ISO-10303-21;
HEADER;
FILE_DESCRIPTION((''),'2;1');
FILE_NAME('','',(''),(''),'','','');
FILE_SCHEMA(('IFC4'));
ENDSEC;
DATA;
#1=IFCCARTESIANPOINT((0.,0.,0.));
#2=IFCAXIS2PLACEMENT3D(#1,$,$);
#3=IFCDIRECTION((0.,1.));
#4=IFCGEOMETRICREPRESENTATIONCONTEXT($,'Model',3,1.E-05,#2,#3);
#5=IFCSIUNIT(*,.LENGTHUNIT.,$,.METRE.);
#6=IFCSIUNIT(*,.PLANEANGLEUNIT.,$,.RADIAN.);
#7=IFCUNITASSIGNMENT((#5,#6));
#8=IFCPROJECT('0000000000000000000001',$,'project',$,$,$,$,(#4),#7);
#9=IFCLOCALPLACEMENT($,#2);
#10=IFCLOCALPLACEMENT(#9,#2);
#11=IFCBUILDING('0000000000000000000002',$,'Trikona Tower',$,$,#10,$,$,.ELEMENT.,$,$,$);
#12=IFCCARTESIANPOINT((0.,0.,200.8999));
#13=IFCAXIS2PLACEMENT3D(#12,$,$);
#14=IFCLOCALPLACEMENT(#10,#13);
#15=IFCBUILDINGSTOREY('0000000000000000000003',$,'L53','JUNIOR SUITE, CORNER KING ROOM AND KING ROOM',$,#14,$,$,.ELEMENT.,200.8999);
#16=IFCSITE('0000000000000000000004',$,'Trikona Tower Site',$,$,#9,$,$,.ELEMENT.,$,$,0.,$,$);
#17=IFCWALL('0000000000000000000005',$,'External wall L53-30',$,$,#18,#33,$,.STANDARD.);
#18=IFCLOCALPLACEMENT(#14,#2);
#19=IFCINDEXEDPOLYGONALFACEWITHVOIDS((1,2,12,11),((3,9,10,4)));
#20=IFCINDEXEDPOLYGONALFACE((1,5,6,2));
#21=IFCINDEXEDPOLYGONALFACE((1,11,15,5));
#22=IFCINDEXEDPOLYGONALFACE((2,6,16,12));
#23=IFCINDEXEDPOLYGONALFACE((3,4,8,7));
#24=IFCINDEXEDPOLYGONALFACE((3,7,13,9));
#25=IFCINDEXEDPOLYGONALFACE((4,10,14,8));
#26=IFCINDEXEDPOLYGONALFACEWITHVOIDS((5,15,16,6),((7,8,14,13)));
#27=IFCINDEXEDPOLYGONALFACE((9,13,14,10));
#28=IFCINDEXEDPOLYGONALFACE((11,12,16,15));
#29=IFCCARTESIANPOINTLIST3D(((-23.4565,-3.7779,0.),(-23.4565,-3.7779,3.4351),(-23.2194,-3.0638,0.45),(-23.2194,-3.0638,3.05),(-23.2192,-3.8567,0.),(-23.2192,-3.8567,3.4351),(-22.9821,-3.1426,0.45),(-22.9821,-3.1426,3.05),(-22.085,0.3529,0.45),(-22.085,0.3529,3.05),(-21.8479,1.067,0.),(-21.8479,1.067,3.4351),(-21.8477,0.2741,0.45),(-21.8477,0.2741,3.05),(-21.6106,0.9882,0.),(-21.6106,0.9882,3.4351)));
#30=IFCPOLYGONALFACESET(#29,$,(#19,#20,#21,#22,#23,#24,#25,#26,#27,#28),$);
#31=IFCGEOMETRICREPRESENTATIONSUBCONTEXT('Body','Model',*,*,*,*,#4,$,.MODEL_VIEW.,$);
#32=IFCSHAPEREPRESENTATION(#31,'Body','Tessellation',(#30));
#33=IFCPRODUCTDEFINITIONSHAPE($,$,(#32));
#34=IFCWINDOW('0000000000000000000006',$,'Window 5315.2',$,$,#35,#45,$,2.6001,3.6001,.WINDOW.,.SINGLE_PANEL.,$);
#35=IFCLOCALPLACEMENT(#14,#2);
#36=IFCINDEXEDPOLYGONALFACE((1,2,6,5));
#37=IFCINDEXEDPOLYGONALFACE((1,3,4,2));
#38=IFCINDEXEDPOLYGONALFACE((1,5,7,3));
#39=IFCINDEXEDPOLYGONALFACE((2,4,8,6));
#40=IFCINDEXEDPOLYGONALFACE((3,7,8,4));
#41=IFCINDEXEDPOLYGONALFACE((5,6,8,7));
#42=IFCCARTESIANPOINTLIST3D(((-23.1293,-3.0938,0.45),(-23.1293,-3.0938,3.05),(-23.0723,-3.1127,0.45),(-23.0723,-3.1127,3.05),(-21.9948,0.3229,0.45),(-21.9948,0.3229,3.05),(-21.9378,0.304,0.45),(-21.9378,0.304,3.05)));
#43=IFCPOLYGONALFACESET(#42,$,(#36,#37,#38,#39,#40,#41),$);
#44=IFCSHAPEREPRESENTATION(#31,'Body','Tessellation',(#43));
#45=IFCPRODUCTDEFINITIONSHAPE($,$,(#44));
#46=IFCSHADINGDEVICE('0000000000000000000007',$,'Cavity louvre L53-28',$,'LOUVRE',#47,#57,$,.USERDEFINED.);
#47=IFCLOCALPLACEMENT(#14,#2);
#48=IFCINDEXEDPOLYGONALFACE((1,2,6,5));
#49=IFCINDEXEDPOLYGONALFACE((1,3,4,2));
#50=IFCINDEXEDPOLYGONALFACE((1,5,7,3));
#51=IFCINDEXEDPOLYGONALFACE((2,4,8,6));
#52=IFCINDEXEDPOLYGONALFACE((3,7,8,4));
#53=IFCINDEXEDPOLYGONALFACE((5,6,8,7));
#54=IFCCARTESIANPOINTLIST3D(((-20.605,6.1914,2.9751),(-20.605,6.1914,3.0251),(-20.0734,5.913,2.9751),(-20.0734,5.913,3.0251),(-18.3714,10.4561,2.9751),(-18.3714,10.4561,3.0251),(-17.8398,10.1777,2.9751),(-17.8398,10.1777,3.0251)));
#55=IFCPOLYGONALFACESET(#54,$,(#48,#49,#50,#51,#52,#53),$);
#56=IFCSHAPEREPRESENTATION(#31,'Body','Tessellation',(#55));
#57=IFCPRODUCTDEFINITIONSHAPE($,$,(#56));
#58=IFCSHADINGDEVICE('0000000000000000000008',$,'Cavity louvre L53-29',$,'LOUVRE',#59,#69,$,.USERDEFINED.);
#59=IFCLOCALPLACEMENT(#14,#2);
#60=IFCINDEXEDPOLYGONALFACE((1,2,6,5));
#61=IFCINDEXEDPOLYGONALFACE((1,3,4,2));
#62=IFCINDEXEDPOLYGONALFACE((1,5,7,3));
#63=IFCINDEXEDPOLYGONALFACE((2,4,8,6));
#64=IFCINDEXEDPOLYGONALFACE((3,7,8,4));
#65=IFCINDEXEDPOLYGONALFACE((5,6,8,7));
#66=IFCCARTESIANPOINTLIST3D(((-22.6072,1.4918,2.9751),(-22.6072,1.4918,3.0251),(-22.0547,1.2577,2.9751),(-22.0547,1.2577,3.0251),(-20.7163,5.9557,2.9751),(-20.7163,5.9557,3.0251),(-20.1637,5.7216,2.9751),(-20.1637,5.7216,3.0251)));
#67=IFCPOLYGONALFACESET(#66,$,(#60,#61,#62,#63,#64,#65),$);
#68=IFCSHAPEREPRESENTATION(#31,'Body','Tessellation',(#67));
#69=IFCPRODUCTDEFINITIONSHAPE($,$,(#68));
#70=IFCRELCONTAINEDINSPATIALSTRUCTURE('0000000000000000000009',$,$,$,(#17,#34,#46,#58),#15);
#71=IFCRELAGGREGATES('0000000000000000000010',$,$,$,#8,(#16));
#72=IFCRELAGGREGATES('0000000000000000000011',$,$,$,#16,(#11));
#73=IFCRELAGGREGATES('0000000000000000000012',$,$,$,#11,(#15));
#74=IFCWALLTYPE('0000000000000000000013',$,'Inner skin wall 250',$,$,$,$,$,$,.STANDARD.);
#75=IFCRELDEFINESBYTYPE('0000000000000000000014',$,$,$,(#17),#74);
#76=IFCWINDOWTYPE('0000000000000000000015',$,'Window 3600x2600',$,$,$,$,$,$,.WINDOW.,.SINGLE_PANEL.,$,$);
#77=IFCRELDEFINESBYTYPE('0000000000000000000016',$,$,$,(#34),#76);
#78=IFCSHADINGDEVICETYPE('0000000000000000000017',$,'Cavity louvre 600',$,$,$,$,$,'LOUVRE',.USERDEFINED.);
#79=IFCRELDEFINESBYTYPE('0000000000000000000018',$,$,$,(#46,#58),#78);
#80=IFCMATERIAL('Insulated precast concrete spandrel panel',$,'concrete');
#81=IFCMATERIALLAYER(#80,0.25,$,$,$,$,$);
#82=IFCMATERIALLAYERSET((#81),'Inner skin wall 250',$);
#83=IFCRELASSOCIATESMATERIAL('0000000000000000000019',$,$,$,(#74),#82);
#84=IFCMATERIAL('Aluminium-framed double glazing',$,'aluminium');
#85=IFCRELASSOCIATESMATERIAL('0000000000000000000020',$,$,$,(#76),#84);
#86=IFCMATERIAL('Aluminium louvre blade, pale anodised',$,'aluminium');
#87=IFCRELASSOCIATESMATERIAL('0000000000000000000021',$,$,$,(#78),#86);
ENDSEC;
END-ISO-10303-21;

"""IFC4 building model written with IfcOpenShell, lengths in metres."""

from ifc_helpers import new_model, si_unit, direction, frame, frame_2d, origin, origin_2d, place, context, subcontext, project, spatial, rectangle, extrude, material, layer, layer_set, type_object, element, fill, save


model = new_model("IFC4")

# Units and contexts
model_context = context("Model", 3, precision=1e-05, world=origin(), true_north=direction((0.0, 1.0)))
body_context = subcontext(model_context, "Body", "Model", "MODEL_VIEW")
ifc_project = project(units=[si_unit("LENGTHUNIT", "METRE"), si_unit("PLANEANGLEUNIT", "RADIAN")], contexts=[model_context])

# Site, building, storey
site_placement = place(None, origin())
site = spatial("IfcSite", under=ifc_project, at=site_placement, Name="Trikona Tower Site", CompositionType="ELEMENT", RefElevation=0.0)
building_placement = place(site_placement, origin())
building = spatial("IfcBuilding", under=site, at=building_placement, Name="Trikona Tower", CompositionType="ELEMENT")
storey_placement = place(building_placement, frame((0.0, 0.0, 200.8999)))
storey = spatial("IfcBuildingStorey", under=building, at=storey_placement, Name="L53", Description="JUNIOR SUITE, CORNER KING ROOM AND KING ROOM", CompositionType="ELEMENT", Elevation=200.8999)

# Wall, opening, window
ifc_material_1 = material(Name="Insulated precast concrete spandrel panel", Category="concrete")
ifc_layer_1 = layer(ifc_material_1, 0.25)
ifc_layer_set_1 = layer_set([ifc_layer_1], Name="Inner skin wall 250")
wall_type = type_object("IfcWallType", Name="Inner skin wall 250", PredefinedType="STANDARD", material=ifc_layer_set_1)
ifc_material_2 = material(Name="Aluminium-framed double glazing", Category="aluminium")
window_type = type_object("IfcWindowType", Name="Window 3600x2600", PartitioningType="SINGLE_PANEL", PredefinedType="WINDOW", material=ifc_material_2)
wall_1_placement = place(storey_placement, frame((-21.7292, 1.0276, 0.0), z_axis=(0.0, 0.0, 1.0), x_axis=(-0.315108, -0.949056, 0.0)))
wall_1 = element("IfcWall", 1, at=wall_1_placement, inside=storey, type_object=wall_type, Name="External wall L53-30", PredefinedType="STANDARD", context=body_context, shape_type="SweptSolid", body=[
    extrude(rectangle(XDim=5.105, YDim=0.25, at=frame_2d((2.5525, 0.0))), origin(), (0.0, 0.0, 1.0), 3.4351),
])
opening_1_placement = place(wall_1_placement, frame((0.7524, 0.0, 0.45)))
opening_1 = element("IfcOpeningElement", 2, at=opening_1_placement, cuts=wall_1, PredefinedType="OPENING", context=body_context, shape_type="SweptSolid", body=[
    extrude(rectangle(XDim=3.6001, YDim=2.6001, at=frame_2d((1.8, 1.3))), frame((0.0, 0.135, 0.0), z_axis=(0.0, -1.0, 0.0), x_axis=(1.0, 0.0, 0.0)), (0.0, 0.0, 1.0), 0.27),
])
window_1_placement = place(opening_1_placement, origin())
window_1 = element("IfcWindow", 3, at=window_1_placement, inside=storey, type_object=window_type, Name="Window 5315.2", OverallHeight=2.6001, OverallWidth=3.6001, PartitioningType="SINGLE_PANEL", PredefinedType="WINDOW", context=body_context, shape_type="SweptSolid", body=[
    extrude(rectangle(XDim=3.6001, YDim=2.6001, at=frame_2d((1.8, 1.3))), frame((0.0, 0.03, 0.0), z_axis=(0.0, -1.0, 0.0), x_axis=(1.0, 0.0, 0.0)), (0.0, 0.0, 1.0), 0.0601),
])
fill(opening_1, window_1)

# Shading devices
ifc_material_3 = material(Name="Aluminium louvre blade, pale anodised", Category="aluminium")
shading_device_type = type_object("IfcShadingDeviceType", Name="Cavity louvre 600", ElementType="LOUVRE", PredefinedType="USERDEFINED", material=ifc_material_3)
shading_device_1_placement = place(storey_placement, frame((-19.2224, 8.1846, 2.9751), z_axis=(0.0, 0.0, 1.0), x_axis=(-0.463952, -0.88586, 0.0)))
element("IfcShadingDevice", 4, at=shading_device_1_placement, inside=storey, type_object=shading_device_type, Name="Cavity louvre L53-28", ObjectType="LOUVRE", PredefinedType="USERDEFINED", context=body_context, shape_type="SweptSolid", body=[
    extrude(rectangle(XDim=4.8142, YDim=0.6001, at=origin_2d()), origin(), (0.0, 0.0, 1.0), 0.05),
])
shading_device_2_placement = place(storey_placement, frame((-21.3855, 3.6067, 2.9751), z_axis=(0.0, 0.0, 1.0), x_axis=(-0.390051, -0.920793, 0.0)))
element("IfcShadingDevice", 5, at=shading_device_2_placement, inside=storey, type_object=shading_device_type, Name="Cavity louvre L53-29", ObjectType="LOUVRE", PredefinedType="USERDEFINED", context=body_context, shape_type="SweptSolid", body=[
    extrude(rectangle(XDim=4.8479, YDim=0.6001, at=origin_2d()), origin(), (0.0, 0.0, 1.0), 0.05),
])

save(model, "model.ifc")
